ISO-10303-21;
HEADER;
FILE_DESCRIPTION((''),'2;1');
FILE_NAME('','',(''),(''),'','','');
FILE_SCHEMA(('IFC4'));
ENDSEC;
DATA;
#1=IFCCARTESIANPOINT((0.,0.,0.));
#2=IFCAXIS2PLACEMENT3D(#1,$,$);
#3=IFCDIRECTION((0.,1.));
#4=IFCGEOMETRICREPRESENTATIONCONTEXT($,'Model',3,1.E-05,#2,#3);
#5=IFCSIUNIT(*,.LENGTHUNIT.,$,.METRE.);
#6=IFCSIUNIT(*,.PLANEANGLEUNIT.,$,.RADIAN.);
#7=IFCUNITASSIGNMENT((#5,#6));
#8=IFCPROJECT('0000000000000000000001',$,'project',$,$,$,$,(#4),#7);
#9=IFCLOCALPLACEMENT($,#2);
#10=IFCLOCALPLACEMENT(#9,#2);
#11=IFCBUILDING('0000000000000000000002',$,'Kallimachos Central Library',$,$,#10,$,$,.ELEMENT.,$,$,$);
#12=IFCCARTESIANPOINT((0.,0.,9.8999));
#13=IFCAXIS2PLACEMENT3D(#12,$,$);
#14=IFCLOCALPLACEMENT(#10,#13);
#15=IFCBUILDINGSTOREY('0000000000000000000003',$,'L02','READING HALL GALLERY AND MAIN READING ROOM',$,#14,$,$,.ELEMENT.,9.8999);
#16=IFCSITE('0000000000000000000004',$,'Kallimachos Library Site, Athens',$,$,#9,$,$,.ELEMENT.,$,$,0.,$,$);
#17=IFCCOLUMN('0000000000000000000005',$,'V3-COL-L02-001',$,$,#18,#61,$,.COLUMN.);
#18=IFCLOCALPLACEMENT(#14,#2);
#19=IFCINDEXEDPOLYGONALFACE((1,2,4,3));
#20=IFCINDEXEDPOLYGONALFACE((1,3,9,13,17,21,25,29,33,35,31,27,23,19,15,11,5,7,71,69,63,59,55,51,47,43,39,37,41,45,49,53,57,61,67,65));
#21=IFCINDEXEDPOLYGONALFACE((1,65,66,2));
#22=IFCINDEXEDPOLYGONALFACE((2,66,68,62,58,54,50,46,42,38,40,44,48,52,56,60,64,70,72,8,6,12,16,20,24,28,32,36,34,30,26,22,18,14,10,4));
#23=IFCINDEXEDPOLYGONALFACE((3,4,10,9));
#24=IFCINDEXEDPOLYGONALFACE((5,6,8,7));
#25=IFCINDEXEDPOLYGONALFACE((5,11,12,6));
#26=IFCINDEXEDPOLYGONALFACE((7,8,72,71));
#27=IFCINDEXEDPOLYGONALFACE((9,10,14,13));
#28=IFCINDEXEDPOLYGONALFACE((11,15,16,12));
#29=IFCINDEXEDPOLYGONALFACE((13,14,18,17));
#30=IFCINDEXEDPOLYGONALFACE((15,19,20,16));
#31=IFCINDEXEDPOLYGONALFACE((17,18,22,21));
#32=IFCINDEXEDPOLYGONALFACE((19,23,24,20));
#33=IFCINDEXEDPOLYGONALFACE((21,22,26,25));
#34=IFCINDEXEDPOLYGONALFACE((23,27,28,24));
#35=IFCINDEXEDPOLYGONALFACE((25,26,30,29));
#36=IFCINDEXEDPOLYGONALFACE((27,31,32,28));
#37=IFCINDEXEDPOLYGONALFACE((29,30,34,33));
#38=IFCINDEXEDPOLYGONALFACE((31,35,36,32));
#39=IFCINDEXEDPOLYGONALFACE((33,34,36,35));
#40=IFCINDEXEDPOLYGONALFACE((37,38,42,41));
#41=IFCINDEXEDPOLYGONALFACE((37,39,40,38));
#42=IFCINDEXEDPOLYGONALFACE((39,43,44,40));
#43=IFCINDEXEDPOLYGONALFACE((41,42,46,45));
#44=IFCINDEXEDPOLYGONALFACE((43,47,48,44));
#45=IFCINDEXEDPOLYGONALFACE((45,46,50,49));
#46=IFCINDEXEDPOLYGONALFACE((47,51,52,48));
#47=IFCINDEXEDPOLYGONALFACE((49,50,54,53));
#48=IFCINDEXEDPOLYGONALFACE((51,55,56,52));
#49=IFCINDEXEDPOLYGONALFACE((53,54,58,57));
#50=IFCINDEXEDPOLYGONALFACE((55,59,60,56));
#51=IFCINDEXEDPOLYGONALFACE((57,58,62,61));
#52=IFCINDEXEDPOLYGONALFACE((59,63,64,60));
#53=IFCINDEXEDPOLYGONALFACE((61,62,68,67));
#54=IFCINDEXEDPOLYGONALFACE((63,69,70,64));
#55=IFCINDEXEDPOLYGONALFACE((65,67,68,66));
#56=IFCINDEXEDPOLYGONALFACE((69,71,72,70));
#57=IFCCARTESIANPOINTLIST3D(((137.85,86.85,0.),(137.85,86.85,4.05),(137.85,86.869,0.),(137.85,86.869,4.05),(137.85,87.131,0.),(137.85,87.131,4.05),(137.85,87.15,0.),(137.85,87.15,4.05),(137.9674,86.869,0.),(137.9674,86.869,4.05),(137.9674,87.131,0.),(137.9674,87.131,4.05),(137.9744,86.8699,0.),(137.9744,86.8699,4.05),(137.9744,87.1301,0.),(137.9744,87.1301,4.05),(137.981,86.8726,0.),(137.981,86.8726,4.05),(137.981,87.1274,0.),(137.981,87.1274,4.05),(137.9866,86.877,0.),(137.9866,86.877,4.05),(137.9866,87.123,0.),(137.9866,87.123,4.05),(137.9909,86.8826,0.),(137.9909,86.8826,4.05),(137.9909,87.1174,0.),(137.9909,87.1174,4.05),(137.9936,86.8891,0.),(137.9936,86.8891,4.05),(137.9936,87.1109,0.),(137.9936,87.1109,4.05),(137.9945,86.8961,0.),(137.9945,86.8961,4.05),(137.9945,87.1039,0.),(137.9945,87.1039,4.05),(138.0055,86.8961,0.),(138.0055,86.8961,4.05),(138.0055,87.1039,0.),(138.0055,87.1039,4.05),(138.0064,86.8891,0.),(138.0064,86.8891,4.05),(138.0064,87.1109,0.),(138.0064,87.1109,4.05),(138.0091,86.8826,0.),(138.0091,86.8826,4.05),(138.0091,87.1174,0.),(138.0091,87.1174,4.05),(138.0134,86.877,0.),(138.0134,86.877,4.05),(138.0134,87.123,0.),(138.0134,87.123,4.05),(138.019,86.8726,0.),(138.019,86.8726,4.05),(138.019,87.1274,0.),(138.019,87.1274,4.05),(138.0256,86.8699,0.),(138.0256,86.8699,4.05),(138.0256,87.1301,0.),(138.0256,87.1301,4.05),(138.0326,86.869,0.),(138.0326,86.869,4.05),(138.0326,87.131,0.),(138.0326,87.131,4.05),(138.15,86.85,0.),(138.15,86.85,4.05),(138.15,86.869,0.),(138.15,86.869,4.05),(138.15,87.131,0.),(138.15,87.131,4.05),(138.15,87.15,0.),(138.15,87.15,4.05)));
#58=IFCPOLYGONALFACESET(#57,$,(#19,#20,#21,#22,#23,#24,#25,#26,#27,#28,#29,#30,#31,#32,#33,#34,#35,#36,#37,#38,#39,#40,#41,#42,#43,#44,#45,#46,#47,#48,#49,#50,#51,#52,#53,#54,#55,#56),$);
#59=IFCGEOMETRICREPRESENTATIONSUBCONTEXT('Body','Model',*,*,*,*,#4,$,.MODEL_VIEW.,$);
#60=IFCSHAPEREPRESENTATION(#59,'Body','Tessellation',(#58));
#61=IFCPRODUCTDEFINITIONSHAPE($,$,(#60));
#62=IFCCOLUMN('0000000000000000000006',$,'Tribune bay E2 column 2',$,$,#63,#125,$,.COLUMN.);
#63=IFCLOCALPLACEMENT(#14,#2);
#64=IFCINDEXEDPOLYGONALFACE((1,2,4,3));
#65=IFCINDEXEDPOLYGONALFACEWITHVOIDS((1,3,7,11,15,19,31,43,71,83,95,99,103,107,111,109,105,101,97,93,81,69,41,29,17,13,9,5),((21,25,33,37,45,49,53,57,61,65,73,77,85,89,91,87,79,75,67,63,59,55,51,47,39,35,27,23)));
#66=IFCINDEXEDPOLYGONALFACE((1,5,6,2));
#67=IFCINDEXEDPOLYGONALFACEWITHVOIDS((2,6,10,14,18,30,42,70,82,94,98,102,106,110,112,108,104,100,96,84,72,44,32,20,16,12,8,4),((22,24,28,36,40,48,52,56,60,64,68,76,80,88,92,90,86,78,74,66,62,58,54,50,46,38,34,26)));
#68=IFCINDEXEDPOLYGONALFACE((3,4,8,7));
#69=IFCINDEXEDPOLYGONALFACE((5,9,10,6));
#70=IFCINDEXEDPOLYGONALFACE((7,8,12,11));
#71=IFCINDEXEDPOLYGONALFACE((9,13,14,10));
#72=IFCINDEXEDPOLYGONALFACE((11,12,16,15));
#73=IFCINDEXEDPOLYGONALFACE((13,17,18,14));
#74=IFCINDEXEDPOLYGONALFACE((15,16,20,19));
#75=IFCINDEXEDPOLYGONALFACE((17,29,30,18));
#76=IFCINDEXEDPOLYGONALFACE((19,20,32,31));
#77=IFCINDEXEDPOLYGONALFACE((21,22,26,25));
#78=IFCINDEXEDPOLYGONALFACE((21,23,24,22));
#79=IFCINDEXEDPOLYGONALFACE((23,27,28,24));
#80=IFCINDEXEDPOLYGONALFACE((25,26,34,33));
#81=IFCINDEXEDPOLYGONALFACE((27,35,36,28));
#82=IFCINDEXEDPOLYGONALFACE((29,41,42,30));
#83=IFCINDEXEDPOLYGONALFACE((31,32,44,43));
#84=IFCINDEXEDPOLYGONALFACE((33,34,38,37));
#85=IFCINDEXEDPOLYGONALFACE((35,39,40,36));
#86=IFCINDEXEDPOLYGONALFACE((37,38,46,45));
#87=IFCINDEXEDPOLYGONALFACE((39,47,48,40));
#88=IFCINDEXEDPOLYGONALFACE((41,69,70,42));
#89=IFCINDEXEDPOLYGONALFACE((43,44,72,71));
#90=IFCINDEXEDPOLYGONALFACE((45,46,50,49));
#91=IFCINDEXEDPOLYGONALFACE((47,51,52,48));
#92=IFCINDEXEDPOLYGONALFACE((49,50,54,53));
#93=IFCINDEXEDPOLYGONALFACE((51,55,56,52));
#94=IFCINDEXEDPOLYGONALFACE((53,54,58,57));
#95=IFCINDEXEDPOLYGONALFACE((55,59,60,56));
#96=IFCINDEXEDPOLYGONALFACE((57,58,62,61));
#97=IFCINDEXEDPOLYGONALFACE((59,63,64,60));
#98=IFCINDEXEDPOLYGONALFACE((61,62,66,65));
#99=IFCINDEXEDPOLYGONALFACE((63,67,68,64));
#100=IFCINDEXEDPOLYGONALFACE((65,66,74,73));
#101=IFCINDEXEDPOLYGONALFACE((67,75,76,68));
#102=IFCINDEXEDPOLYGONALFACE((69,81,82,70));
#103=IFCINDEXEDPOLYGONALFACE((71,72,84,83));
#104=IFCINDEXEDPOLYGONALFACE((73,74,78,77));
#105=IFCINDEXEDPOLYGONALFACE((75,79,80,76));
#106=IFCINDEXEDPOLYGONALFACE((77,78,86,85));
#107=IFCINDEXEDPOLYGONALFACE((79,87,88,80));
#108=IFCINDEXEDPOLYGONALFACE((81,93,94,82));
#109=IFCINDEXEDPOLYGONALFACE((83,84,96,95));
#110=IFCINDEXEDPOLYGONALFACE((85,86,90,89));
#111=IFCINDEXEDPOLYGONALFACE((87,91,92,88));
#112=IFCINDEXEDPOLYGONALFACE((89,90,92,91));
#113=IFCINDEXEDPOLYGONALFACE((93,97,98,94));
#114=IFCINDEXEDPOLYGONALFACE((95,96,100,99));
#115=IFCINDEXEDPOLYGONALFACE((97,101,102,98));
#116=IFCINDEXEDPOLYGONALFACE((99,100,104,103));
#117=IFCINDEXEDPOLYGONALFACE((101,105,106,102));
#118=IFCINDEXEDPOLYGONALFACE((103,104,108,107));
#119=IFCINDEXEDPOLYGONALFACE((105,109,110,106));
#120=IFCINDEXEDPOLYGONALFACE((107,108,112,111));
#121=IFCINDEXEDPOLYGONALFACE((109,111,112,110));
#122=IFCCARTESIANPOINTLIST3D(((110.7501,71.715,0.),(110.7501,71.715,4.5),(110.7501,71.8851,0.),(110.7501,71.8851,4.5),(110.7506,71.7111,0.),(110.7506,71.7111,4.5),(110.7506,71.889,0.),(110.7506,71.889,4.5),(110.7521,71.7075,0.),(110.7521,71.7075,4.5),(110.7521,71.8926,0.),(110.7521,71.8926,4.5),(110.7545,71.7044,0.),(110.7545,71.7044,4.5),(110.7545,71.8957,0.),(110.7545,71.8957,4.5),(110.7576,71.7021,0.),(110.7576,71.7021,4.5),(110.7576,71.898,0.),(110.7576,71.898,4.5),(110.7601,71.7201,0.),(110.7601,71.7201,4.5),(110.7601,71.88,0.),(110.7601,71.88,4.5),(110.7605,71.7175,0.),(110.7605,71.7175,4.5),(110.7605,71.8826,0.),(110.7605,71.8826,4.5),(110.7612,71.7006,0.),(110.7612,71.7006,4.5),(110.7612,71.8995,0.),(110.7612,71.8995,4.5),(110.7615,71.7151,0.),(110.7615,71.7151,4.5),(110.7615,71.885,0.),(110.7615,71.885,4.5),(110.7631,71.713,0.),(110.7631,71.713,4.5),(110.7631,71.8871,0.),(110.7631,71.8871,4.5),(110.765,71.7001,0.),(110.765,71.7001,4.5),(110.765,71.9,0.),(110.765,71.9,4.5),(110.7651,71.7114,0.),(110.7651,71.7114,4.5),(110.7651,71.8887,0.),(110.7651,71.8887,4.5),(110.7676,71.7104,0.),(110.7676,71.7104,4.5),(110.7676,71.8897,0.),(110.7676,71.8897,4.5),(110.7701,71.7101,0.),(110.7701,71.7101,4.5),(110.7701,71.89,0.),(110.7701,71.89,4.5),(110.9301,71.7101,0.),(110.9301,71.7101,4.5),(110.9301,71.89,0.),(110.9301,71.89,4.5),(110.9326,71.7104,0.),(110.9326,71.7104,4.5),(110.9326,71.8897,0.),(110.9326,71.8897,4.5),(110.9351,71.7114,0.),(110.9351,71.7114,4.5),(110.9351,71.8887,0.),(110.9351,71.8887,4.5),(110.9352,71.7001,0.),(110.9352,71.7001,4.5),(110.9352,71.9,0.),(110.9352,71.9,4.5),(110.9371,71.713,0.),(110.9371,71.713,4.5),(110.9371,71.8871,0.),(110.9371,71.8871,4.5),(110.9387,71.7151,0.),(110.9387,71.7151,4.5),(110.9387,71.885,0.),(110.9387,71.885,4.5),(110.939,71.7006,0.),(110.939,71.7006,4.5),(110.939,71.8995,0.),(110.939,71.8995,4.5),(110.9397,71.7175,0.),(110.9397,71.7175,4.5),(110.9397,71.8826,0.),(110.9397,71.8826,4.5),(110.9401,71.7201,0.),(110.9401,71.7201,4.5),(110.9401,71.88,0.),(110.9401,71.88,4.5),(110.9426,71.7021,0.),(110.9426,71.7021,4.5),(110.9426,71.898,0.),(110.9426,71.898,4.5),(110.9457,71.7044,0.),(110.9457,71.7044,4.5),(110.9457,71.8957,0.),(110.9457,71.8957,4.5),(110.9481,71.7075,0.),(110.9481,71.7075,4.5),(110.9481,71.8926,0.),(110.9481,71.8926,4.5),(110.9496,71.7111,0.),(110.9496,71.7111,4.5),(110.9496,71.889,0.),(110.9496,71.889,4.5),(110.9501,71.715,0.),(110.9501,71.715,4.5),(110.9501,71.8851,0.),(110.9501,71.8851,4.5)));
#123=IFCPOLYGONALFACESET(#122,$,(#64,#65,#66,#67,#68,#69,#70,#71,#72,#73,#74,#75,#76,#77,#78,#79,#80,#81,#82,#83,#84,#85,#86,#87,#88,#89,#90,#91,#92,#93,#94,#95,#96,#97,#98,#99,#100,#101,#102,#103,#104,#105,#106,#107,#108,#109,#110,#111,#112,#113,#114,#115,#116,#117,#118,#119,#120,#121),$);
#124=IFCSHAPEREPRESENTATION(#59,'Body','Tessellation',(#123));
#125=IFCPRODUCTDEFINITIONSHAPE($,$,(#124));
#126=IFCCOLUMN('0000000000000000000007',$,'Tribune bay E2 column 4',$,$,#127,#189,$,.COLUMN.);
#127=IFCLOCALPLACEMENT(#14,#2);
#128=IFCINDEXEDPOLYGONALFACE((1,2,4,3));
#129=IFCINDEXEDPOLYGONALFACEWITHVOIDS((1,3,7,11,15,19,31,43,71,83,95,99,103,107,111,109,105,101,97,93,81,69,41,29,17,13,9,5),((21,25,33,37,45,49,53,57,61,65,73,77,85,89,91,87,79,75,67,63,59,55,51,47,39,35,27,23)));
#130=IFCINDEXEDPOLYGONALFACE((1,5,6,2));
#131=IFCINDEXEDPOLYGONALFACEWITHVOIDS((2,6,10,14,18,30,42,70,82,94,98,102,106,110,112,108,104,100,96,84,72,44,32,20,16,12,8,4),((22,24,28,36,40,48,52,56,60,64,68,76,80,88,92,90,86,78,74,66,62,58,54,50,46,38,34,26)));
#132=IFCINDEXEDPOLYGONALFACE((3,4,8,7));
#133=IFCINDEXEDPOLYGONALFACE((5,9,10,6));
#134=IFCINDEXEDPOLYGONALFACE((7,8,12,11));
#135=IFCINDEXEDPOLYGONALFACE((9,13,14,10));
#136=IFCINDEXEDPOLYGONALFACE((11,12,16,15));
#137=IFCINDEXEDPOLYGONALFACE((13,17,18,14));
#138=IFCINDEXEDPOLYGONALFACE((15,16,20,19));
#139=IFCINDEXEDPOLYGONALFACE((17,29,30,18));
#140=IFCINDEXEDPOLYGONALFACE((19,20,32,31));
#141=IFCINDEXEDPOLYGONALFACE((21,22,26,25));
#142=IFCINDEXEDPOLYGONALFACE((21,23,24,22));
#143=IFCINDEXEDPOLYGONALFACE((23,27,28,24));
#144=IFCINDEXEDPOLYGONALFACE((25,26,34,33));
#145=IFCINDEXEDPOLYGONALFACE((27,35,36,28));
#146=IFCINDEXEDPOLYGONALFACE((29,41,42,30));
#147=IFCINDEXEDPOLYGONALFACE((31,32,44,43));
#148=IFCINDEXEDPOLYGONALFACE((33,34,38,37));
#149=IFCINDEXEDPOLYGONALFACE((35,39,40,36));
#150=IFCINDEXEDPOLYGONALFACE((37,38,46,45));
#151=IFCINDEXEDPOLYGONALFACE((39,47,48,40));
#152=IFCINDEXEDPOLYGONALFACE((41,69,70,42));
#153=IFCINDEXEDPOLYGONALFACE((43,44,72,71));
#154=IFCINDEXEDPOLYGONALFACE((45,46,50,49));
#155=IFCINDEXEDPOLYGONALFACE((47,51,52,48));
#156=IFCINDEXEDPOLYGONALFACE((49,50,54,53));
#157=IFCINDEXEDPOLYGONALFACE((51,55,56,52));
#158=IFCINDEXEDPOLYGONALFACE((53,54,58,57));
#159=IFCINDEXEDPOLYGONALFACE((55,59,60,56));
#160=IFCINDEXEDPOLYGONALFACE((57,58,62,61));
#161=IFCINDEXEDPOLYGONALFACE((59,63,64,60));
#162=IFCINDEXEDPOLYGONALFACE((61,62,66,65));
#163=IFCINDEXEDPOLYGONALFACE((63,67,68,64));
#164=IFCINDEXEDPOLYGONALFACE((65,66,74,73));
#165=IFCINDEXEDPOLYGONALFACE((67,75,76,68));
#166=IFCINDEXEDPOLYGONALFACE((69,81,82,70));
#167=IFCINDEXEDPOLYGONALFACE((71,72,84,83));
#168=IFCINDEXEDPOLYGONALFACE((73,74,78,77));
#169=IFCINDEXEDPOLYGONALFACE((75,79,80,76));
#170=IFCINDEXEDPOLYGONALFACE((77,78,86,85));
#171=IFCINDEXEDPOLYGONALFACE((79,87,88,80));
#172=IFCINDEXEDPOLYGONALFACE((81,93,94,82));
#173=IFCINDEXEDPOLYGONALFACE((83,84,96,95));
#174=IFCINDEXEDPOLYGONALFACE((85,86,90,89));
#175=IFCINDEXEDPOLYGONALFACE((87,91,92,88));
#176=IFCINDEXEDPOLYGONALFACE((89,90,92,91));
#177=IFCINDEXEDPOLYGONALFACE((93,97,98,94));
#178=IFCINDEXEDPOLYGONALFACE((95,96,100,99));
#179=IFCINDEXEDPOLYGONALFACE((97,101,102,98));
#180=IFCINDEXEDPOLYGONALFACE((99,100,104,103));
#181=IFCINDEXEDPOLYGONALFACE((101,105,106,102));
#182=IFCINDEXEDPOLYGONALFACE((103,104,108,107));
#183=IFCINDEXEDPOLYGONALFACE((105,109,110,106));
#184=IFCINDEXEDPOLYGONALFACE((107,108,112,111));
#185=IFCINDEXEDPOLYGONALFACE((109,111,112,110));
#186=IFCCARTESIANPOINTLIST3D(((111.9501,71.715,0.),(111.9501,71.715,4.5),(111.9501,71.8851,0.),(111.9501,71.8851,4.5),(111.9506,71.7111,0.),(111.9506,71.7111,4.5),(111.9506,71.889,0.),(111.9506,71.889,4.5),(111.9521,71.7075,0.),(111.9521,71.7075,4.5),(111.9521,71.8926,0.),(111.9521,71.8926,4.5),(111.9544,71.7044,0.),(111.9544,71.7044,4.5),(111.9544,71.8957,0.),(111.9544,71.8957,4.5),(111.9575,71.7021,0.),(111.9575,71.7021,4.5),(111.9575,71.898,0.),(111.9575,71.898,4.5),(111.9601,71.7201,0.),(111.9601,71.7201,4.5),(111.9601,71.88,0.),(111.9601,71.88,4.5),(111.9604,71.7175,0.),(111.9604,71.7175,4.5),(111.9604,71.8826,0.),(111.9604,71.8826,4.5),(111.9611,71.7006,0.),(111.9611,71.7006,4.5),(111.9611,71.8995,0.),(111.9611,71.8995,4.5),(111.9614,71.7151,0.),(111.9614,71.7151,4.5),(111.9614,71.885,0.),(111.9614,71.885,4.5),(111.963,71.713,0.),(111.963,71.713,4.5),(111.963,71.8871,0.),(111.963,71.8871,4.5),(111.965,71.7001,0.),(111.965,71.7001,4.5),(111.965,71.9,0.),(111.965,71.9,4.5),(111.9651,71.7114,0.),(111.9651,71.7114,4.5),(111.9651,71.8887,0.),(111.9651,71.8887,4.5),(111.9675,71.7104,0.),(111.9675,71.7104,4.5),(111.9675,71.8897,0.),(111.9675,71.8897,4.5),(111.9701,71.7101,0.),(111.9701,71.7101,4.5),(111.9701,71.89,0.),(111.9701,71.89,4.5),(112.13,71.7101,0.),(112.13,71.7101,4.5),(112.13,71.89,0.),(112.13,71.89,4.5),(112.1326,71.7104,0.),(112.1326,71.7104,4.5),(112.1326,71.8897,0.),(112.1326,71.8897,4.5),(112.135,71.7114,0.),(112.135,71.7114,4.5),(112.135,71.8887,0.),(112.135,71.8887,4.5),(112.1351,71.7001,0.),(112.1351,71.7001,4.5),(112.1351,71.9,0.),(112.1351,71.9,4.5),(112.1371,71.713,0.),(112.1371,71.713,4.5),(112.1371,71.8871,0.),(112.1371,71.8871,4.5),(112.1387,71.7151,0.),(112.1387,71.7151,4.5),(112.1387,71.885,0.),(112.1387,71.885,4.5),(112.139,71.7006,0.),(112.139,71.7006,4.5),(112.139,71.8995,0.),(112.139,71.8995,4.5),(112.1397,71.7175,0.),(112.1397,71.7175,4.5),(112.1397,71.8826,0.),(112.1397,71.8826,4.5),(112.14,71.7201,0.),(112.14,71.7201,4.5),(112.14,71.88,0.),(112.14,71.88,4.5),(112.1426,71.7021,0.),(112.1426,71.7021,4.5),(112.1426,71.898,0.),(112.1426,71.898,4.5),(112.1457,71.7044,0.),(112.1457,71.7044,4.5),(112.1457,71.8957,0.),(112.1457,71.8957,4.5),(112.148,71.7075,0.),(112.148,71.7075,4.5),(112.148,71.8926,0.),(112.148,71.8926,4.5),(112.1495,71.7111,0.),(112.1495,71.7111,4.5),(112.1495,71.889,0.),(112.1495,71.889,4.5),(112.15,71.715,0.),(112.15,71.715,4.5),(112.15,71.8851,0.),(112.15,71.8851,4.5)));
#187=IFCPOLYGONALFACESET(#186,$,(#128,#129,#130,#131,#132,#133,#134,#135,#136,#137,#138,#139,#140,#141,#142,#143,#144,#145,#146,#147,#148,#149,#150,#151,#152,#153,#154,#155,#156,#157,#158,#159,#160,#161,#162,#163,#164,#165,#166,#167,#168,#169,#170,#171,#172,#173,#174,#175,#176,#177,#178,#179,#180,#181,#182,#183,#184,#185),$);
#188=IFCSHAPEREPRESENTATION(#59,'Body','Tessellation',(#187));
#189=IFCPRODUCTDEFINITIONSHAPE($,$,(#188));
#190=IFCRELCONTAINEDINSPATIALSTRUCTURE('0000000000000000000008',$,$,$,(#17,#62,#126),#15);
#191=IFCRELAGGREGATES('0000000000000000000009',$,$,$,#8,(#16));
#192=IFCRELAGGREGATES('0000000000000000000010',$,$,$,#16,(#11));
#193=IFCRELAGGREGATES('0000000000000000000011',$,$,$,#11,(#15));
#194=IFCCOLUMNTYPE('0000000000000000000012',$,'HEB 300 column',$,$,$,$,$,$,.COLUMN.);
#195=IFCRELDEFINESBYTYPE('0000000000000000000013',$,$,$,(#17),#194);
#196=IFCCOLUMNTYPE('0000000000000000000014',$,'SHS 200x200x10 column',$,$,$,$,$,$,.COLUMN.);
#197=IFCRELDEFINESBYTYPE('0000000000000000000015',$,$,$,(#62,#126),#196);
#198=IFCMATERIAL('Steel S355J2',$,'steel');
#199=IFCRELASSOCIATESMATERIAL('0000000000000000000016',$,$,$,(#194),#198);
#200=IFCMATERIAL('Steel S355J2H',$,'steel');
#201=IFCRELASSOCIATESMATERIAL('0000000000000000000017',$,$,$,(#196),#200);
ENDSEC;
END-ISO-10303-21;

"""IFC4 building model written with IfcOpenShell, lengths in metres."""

from ifc_helpers import new_model, si_unit, direction, frame, origin, origin_2d, place, context, subcontext, project, spatial, hollow_rectangle, i_section, extrude, material, material_profile, profile_set, type_object, element, save


model = new_model("IFC4")

# Units and contexts
model_context = context("Model", 3, precision=1e-05, world=origin(), true_north=direction((0.0, 1.0)))
body_context = subcontext(model_context, "Body", "Model", "MODEL_VIEW")
ifc_project = project(units=[si_unit("LENGTHUNIT", "METRE"), si_unit("PLANEANGLEUNIT", "RADIAN")], contexts=[model_context])

# Site, building, storey
site_placement = place(None, origin())
site = spatial("IfcSite", under=ifc_project, at=site_placement, Name="Kallimachos Library Site, Athens", CompositionType="ELEMENT", RefElevation=0.0)
building_placement = place(site_placement, origin())
building = spatial("IfcBuilding", under=site, at=building_placement, Name="Kallimachos Central Library", CompositionType="ELEMENT")
storey_placement = place(building_placement, frame((0.0, 0.0, 9.8999)))
storey = spatial("IfcBuildingStorey", under=building, at=storey_placement, Name="L02", Description="READING HALL GALLERY AND MAIN READING ROOM", CompositionType="ELEMENT", Elevation=9.8999)

# Columns
ifc_material_1 = material(Name="Steel S355J2", Category="steel")
ifc_material_profile_1 = material_profile(ifc_material_1, i_section(OverallWidth=0.3, OverallDepth=0.3, WebThickness=0.011, FlangeThickness=0.019, FilletRadius=0.0271, at=origin_2d()), Name="HEB 300")
ifc_profile_set_1 = profile_set([ifc_material_profile_1], Name="Steel S355J2")
column_type_1 = type_object("IfcColumnType", Name="HEB 300 column", PredefinedType="COLUMN", material=ifc_profile_set_1)
column_placement = place(storey_placement, frame((138.0, 87.0, 0.0), z_axis=(0.0, 0.0, 1.0), x_axis=(1.0, 0.0, 0.0)))
element("IfcColumn", 1, at=column_placement, inside=storey, type_object=column_type_1, Name="V3-COL-L02-001", PredefinedType="COLUMN", context=body_context, shape_type="SweptSolid", body=[
    extrude(i_section(OverallWidth=0.3, OverallDepth=0.3, WebThickness=0.011, FlangeThickness=0.019, FilletRadius=0.0271, at=origin_2d()), origin(), (0.0, 0.0, 1.0), 4.05),
])
ifc_material_2 = material(Name="Steel S355J2H", Category="steel")
ifc_material_profile_2 = material_profile(ifc_material_2, hollow_rectangle(XDim=0.2, YDim=0.2, WallThickness=0.01, InnerFilletRadius=0.01, OuterFilletRadius=0.0149, at=origin_2d()), Name="SHS 200x200x10")
ifc_profile_set_2 = profile_set([ifc_material_profile_2], Name="Steel S355J2H")
column_type_2 = type_object("IfcColumnType", Name="SHS 200x200x10 column", PredefinedType="COLUMN", material=ifc_profile_set_2)
for number, where, z_axis, x_axis, name in (
    (2, (110.8501, 71.8, 0.0), (0.0, 0.0, 1.0), (1.0, 0.0, 0.0), "Tribune bay E2 column 2"),
    (3, (112.05, 71.8, 0.0), (0.0, 0.0, 1.0), (1.0, 0.0, 0.0), "Tribune bay E2 column 4"),
):
    element("IfcColumn", number, at=place(storey_placement, frame(where, z_axis=z_axis, x_axis=x_axis)), inside=storey, type_object=column_type_2, Name=name, PredefinedType="COLUMN", context=body_context, shape_type="SweptSolid", body=[
        extrude(hollow_rectangle(XDim=0.2, YDim=0.2, WallThickness=0.01, InnerFilletRadius=0.01, OuterFilletRadius=0.0149, at=origin_2d()), origin(), (0.0, 0.0, 1.0), 4.5),
    ])

save(model, "model.ifc")
